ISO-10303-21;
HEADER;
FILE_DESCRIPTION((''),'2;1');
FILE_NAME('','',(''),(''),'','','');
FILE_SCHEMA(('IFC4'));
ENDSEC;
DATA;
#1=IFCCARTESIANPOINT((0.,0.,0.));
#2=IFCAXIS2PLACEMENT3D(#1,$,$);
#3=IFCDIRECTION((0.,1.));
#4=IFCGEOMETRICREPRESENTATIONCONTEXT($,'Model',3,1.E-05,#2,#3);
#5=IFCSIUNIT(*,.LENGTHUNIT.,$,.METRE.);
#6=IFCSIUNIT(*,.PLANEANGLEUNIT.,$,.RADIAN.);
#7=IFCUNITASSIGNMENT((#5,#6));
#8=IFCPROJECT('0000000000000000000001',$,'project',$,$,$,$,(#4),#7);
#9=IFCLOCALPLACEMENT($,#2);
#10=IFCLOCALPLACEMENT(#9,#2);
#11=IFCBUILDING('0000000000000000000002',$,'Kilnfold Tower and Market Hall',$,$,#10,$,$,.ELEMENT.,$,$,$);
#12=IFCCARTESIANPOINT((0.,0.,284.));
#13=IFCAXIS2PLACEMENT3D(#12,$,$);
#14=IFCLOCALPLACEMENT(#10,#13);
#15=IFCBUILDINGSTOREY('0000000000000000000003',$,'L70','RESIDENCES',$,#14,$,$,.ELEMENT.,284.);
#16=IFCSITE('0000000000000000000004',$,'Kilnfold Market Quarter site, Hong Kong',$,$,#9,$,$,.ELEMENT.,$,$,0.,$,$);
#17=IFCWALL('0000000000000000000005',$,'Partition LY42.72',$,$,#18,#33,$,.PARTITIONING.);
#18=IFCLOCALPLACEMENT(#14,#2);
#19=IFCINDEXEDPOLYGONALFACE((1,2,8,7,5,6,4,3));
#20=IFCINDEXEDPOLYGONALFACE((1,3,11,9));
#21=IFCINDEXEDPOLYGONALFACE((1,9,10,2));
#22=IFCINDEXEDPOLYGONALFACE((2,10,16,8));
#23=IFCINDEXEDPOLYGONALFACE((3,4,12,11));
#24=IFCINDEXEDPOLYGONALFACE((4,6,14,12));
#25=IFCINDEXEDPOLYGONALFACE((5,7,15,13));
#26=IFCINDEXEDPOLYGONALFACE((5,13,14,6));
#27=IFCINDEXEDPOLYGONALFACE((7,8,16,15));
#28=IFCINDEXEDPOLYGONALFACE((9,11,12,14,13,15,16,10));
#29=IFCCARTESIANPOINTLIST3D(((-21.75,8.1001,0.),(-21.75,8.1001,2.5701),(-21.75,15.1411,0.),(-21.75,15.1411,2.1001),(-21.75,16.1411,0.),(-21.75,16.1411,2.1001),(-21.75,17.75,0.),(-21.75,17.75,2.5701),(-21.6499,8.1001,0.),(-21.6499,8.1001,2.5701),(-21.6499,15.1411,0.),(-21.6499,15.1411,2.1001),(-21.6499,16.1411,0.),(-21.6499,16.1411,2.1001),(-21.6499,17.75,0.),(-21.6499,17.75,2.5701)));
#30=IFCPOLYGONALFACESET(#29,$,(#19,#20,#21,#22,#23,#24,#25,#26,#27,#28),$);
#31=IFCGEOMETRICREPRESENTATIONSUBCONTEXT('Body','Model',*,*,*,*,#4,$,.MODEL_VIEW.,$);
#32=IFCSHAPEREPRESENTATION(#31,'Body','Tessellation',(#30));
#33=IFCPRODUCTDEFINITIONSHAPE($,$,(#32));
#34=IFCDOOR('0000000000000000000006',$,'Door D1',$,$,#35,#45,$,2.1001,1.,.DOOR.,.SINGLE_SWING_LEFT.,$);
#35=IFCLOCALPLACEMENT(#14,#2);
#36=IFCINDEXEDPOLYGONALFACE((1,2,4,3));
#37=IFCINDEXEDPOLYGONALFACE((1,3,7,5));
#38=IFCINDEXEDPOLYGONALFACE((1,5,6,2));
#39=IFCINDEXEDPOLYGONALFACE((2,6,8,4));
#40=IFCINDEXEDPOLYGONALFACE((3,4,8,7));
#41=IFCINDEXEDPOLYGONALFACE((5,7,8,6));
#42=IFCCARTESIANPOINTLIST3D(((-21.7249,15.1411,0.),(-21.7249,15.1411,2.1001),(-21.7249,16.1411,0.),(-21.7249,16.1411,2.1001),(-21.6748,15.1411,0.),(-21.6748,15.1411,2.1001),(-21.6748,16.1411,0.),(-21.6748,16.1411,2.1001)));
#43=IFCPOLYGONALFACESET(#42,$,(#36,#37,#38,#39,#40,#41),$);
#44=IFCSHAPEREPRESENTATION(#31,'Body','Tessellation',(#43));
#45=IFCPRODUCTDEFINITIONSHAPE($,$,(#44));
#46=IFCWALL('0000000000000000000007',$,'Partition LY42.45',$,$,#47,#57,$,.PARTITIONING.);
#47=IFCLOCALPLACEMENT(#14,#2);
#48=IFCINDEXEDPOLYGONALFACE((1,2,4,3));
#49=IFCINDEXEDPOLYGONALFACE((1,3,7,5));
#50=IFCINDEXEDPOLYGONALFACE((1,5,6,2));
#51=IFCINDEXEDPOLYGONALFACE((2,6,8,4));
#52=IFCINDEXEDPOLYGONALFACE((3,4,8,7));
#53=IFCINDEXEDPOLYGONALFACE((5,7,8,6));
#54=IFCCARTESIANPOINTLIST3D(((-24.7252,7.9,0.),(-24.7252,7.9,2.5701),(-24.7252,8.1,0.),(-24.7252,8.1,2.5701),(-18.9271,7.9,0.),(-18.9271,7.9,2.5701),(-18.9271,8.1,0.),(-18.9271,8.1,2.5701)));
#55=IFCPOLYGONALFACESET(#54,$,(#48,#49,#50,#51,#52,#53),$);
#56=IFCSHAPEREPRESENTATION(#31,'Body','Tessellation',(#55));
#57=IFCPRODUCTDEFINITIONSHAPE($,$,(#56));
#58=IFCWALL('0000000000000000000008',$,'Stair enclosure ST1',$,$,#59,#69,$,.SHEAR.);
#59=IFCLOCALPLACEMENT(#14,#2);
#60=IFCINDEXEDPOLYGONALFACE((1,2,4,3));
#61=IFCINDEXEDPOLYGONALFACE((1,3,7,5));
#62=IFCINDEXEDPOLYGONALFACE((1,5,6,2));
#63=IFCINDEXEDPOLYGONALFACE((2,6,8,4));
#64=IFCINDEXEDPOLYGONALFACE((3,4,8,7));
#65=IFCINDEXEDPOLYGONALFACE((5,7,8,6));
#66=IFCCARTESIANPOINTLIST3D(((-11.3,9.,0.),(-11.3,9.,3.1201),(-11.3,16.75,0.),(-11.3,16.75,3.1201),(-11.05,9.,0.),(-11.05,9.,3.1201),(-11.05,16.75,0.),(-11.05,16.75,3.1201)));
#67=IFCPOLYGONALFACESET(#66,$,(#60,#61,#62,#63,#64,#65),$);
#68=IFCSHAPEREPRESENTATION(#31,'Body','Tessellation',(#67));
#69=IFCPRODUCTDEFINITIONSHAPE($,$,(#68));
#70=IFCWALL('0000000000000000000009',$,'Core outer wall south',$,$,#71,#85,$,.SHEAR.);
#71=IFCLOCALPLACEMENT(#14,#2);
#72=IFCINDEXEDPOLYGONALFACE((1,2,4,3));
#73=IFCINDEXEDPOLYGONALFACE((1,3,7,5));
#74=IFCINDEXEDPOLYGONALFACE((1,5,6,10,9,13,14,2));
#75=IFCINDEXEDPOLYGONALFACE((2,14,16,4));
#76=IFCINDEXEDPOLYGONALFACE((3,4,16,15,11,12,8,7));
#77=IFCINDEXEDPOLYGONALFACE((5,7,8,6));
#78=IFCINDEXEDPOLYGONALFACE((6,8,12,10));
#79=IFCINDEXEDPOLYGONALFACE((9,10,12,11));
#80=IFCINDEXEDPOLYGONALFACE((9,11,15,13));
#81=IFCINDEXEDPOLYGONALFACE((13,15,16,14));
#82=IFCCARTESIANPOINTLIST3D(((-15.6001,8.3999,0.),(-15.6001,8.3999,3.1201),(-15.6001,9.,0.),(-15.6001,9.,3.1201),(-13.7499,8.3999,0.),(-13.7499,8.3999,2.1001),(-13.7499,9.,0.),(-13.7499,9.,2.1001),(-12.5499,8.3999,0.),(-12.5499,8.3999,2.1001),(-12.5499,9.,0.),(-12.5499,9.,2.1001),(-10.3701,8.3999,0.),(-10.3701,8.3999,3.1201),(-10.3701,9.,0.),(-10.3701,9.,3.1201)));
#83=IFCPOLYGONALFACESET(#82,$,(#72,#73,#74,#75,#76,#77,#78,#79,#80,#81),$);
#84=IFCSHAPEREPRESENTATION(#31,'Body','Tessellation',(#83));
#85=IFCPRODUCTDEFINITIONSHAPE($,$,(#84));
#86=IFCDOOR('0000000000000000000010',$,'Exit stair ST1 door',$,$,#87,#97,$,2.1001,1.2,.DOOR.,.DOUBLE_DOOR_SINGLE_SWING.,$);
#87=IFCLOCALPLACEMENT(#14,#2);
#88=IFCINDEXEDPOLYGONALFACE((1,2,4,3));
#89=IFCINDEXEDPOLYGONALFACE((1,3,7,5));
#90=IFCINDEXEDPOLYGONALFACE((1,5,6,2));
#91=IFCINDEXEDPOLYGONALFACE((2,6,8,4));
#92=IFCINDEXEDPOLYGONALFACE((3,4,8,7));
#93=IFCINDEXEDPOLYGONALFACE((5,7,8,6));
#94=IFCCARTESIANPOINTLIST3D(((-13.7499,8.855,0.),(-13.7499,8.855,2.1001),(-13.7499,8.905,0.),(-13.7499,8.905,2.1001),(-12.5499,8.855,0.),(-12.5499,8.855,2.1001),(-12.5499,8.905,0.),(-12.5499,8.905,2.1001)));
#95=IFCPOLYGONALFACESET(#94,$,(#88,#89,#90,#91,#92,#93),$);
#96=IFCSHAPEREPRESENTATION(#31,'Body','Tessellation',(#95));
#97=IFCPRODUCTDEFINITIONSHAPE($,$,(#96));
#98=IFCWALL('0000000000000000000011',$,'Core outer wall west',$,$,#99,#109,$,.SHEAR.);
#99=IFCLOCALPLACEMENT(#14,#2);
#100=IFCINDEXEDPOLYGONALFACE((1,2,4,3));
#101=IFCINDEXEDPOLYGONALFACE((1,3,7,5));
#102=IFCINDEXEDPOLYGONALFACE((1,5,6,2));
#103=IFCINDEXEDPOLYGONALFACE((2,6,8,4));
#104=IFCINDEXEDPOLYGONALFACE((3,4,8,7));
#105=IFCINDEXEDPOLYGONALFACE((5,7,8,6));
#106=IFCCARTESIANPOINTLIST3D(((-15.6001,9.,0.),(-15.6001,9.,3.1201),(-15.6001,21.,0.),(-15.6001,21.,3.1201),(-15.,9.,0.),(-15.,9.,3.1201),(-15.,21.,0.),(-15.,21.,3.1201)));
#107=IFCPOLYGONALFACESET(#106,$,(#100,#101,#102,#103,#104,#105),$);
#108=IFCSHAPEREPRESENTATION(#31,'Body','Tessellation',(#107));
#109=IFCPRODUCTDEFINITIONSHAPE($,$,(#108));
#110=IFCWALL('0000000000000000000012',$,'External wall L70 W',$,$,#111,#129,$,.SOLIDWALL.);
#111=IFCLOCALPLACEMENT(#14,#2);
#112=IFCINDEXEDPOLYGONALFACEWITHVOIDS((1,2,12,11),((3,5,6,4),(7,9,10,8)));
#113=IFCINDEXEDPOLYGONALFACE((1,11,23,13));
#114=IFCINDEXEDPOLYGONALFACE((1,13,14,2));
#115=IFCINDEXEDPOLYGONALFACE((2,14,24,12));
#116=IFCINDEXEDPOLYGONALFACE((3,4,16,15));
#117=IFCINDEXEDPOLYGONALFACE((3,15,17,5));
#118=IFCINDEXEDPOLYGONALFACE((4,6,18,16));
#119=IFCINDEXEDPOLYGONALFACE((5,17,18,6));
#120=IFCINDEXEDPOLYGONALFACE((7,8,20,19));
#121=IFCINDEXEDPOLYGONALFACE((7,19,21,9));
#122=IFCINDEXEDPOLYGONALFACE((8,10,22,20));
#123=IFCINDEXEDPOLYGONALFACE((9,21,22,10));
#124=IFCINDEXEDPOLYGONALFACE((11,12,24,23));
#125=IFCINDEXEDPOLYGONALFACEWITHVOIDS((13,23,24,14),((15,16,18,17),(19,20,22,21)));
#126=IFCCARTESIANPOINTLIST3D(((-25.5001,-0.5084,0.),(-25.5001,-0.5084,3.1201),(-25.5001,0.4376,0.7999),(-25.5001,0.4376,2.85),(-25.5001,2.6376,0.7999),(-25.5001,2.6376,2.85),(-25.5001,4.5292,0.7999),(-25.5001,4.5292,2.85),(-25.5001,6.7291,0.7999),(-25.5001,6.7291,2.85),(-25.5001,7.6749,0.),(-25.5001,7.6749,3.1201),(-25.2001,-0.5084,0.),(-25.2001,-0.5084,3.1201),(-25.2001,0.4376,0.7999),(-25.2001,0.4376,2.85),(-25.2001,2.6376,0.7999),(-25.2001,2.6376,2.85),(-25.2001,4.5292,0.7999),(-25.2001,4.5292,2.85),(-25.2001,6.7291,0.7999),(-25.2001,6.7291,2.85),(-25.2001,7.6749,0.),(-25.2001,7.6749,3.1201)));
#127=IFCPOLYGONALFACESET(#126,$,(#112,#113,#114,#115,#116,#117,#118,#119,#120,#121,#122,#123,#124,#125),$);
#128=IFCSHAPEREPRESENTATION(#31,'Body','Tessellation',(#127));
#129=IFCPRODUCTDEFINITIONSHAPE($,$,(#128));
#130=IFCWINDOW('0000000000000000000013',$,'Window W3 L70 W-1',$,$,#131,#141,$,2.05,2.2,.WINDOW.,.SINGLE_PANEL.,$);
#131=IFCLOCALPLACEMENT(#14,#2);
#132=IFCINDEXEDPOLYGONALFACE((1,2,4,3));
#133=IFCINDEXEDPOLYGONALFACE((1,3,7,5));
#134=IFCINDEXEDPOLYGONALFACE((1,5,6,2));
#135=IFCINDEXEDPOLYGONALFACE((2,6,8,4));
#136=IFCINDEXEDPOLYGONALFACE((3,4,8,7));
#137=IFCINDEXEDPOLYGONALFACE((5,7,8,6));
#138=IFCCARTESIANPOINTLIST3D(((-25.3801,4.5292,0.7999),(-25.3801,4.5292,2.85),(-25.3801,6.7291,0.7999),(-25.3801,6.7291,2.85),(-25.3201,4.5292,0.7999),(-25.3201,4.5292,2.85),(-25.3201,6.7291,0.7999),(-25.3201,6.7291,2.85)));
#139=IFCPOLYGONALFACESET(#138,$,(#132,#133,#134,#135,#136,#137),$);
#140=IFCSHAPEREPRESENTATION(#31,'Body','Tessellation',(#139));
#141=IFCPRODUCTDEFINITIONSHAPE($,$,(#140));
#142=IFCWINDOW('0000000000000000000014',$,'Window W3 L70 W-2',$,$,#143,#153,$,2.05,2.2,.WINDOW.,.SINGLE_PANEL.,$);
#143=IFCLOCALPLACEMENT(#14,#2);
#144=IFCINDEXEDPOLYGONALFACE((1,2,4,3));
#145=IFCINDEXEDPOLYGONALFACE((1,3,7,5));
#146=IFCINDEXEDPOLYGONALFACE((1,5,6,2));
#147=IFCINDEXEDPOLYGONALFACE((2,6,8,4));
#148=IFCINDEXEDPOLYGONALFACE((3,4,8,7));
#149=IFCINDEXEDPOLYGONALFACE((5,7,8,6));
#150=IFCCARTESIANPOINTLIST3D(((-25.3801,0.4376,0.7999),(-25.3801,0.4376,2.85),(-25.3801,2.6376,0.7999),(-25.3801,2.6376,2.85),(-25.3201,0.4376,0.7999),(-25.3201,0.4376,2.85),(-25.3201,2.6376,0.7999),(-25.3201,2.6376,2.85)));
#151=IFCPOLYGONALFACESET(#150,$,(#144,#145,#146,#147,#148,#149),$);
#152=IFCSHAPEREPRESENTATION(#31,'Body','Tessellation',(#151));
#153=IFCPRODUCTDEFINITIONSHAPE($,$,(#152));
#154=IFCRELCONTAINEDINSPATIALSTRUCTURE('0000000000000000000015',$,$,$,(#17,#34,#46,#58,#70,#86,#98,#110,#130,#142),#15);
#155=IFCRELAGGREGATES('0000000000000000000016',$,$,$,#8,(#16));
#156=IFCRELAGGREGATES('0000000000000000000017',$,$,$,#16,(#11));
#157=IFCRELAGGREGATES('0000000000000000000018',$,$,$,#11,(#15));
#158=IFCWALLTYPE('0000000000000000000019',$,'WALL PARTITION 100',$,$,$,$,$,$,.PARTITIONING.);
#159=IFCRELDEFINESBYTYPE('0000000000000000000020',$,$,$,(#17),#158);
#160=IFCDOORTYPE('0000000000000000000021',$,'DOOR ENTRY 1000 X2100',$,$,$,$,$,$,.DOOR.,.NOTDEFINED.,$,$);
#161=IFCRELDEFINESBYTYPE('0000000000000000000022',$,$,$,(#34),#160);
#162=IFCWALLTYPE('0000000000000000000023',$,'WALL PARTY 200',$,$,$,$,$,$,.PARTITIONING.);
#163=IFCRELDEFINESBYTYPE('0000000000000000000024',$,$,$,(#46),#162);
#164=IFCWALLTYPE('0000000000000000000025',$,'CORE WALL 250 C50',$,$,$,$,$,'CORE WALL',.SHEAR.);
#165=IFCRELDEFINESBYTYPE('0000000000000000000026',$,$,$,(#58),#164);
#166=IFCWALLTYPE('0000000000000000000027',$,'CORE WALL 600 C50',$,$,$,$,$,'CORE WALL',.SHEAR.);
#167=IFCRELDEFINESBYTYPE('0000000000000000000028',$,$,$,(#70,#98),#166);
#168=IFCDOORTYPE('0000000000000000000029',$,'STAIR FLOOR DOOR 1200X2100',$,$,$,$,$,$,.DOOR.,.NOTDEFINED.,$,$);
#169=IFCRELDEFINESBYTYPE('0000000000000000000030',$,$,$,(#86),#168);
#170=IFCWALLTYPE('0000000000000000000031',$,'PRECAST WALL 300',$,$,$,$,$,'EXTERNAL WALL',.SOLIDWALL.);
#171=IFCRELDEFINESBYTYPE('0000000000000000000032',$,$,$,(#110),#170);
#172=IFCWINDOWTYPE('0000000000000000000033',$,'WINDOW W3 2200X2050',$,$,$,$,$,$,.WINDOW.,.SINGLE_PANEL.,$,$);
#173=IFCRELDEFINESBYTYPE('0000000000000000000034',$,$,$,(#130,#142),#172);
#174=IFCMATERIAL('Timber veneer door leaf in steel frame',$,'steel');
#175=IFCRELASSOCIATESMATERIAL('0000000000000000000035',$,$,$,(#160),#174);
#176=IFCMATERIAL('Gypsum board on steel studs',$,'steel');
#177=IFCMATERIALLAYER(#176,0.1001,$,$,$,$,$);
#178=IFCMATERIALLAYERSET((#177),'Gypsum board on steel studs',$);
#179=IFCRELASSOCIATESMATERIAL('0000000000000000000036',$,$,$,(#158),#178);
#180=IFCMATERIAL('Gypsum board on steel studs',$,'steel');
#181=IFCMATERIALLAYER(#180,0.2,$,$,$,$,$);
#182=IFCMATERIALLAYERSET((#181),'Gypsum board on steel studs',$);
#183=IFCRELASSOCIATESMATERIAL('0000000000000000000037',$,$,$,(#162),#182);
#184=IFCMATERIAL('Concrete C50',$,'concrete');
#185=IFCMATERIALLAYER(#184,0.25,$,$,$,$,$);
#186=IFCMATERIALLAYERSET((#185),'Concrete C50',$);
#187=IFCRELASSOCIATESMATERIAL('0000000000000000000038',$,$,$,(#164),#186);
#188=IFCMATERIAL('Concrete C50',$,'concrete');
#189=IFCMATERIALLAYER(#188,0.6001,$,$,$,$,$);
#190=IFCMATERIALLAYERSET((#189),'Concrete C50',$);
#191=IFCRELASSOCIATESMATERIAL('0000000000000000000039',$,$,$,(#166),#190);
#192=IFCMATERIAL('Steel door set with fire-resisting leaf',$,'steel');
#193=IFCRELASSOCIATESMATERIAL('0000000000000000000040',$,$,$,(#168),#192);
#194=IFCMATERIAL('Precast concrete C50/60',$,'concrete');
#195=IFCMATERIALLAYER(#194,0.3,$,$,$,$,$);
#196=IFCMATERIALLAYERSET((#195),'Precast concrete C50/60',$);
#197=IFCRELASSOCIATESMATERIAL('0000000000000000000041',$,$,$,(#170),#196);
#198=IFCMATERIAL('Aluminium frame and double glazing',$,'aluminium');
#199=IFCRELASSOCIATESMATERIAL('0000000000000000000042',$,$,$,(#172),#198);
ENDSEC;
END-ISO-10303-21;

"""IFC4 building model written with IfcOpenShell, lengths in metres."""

from ifc_helpers import new_model, si_unit, direction, frame, frame_2d, origin, place, context, subcontext, project, spatial, rectangle, extrude, source, transform, mapped, material, layer, layer_set, type_object, element, fill, save


model = new_model("IFC4")

# Units and contexts
model_context = context("Model", 3, precision=1e-05, world=origin(), true_north=direction((0.0, 1.0)))
body_context = subcontext(model_context, "Body", "Model", "MODEL_VIEW")
ifc_project = project(units=[si_unit("LENGTHUNIT", "METRE"), si_unit("PLANEANGLEUNIT", "RADIAN")], contexts=[model_context])

# Site, building, storey
site_placement = place(None, origin())
site = spatial("IfcSite", under=ifc_project, at=site_placement, Name="Kilnfold Market Quarter site, Hong Kong", CompositionType="ELEMENT", RefElevation=0.0)
building_placement = place(site_placement, origin())
building = spatial("IfcBuilding", under=site, at=building_placement, Name="Kilnfold Tower and Market Hall", CompositionType="ELEMENT")
storey_placement = place(building_placement, frame((0.0, 0.0, 284.0)))
storey = spatial("IfcBuildingStorey", under=building, at=storey_placement, Name="L70", Description="RESIDENCES", CompositionType="ELEMENT", Elevation=284.0)

# Shared definitions
ifc_material_1 = material(Name="Timber veneer door leaf in steel frame", Category="steel")
door_type_1 = type_object("IfcDoorType", Name="DOOR ENTRY 1000 X2100", OperationType="NOTDEFINED", PredefinedType="DOOR", material=ifc_material_1)

# Wall, opening, door
ifc_material_2 = material(Name="Gypsum board on steel studs", Category="steel")
ifc_layer_1 = layer(ifc_material_2, 0.1001)
ifc_layer_set_1 = layer_set([ifc_layer_1], Name="Gypsum board on steel studs")
wall_type_1 = type_object("IfcWallType", Name="WALL PARTITION 100", PredefinedType="PARTITIONING", material=ifc_layer_set_1)
wall_1_placement = place(storey_placement, frame((-21.7, 8.1001, 0.0), z_axis=(0.0, 0.0, 1.0), x_axis=(0.0, 1.0, 0.0)))
wall_1 = element("IfcWall", 1, at=wall_1_placement, inside=storey, type_object=wall_type_1, Name="Partition LY42.72", PredefinedType="PARTITIONING", context=body_context, shape_type="SweptSolid", body=[
    extrude(rectangle(XDim=9.6499, YDim=0.1001, at=frame_2d((4.825, 0.0))), origin(), (0.0, 0.0, 1.0), 2.5701),
])
opening_1_placement = place(wall_1_placement, frame((7.041, 0.0, 0.0)))
opening_1 = element("IfcOpeningElement", 2, at=opening_1_placement, cuts=wall_1, PredefinedType="OPENING", context=body_context, shape_type="SweptSolid", body=[
    extrude(rectangle(XDim=1.0, YDim=2.1001, at=frame_2d((0.5, 1.05))), frame((0.0, 0.0601, 0.0), z_axis=(0.0, -1.0, 0.0), x_axis=(1.0, 0.0, 0.0)), (0.0, 0.0, 1.0), 0.1201),
])
door_1_placement = place(opening_1_placement, origin())
door_1 = element("IfcDoor", 3, at=door_1_placement, inside=storey, type_object=door_type_1, Name="Door D1", OperationType="SINGLE_SWING_LEFT", OverallHeight=2.1001, OverallWidth=1.0, PredefinedType="DOOR", context=body_context, shape_type="SweptSolid", body=[
    extrude(rectangle(XDim=1.0, YDim=2.1001, at=frame_2d((0.5, 1.05))), frame((0.0, 0.0249, 0.0), z_axis=(0.0, -1.0, 0.0), x_axis=(1.0, 0.0, 0.0)), (0.0, 0.0, 1.0), 0.05),
])
fill(opening_1, door_1)

# Walls
ifc_material_3 = material(Name="Gypsum board on steel studs", Category="steel")
ifc_layer_2 = layer(ifc_material_3, 0.2)
ifc_layer_set_2 = layer_set([ifc_layer_2], Name="Gypsum board on steel studs")
wall_type_2 = type_object("IfcWallType", Name="WALL PARTY 200", PredefinedType="PARTITIONING", material=ifc_layer_set_2)
wall_2_placement = place(storey_placement, frame((-24.7251, 8.0, 0.0), z_axis=(0.0, 0.0, 1.0), x_axis=(1.0, 0.0, 0.0)))
element("IfcWall", 4, at=wall_2_placement, inside=storey, type_object=wall_type_2, Name="Partition LY42.45", PredefinedType="PARTITIONING", context=body_context, shape_type="SweptSolid", body=[
    extrude(rectangle(XDim=5.7981, YDim=0.2, at=frame_2d((2.8989, 0.0))), origin(), (0.0, 0.0, 1.0), 2.5701),
])
ifc_material_4 = material(Name="Concrete C50", Category="concrete")
ifc_layer_3 = layer(ifc_material_4, 0.25)
ifc_layer_set_3 = layer_set([ifc_layer_3], Name="Concrete C50")
wall_type_3 = type_object("IfcWallType", Name="CORE WALL 250 C50", ElementType="CORE WALL", PredefinedType="SHEAR", material=ifc_layer_set_3)
shared_shape_1 = source(origin(), body_context, "Body", "SweptSolid", [
    extrude(rectangle(XDim=7.75, YDim=0.25, at=frame_2d((3.875, 0.0))), origin(), (0.0, 0.0, 1.0), 3.1201),
])
wall_3_placement = place(storey_placement, frame((-11.175, 9.0, 0.0), z_axis=(0.0, 0.0, 1.0), x_axis=(0.0, 1.0, 0.0)))
element("IfcWall", 5, at=wall_3_placement, inside=storey, type_object=wall_type_3, Name="Stair enclosure ST1", PredefinedType="SHEAR", context=body_context, shape_type="MappedRepresentation", body=[
    mapped(shared_shape_1, transform((0.0, 0.0, 0.0))),
])

# Wall, opening, door
ifc_material_5 = material(Name="Concrete C50", Category="concrete")
ifc_layer_4 = layer(ifc_material_5, 0.6001)
ifc_layer_set_4 = layer_set([ifc_layer_4], Name="Concrete C50")
wall_type_4 = type_object("IfcWallType", Name="CORE WALL 600 C50", ElementType="CORE WALL", PredefinedType="SHEAR", material=ifc_layer_set_4)
shared_shape_2 = source(origin(), body_context, "Body", "SweptSolid", [
    extrude(rectangle(XDim=5.23, YDim=0.6001, at=frame_2d((2.615, 0.0))), origin(), (0.0, 0.0, 1.0), 3.1201),
])
wall_4_placement = place(storey_placement, frame((-15.6001, 8.7, 0.0), z_axis=(0.0, 0.0, 1.0), x_axis=(1.0, 0.0, 0.0)))
wall_4 = element("IfcWall", 6, at=wall_4_placement, inside=storey, type_object=wall_type_4, Name="Core outer wall south", PredefinedType="SHEAR", context=body_context, shape_type="MappedRepresentation", body=[
    mapped(shared_shape_2, transform((0.0, 0.0, 0.0))),
])
opening_2_placement = place(wall_4_placement, frame((1.8501, 0.0, 0.0)))
opening_2 = element("IfcOpeningElement", 7, at=opening_2_placement, cuts=wall_4, PredefinedType="OPENING", context=body_context, shape_type="SweptSolid", body=[
    extrude(rectangle(XDim=1.2, YDim=2.1001, at=frame_2d((0.6001, 1.05))), frame((0.0, 0.3101, 0.0), z_axis=(0.0, -1.0, 0.0), x_axis=(1.0, 0.0, 0.0)), (0.0, 0.0, 1.0), 0.6201),
])
ifc_material_6 = material(Name="Steel door set with fire-resisting leaf", Category="steel")
door_type_2 = type_object("IfcDoorType", Name="STAIR FLOOR DOOR 1200X2100", OperationType="NOTDEFINED", PredefinedType="DOOR", material=ifc_material_6)
door_2_placement = place(opening_2_placement, origin())
door_2 = element("IfcDoor", 8, at=door_2_placement, inside=storey, type_object=door_type_2, Name="Exit stair ST1 door", OperationType="DOUBLE_DOOR_SINGLE_SWING", OverallHeight=2.1001, OverallWidth=1.2, PredefinedType="DOOR", context=body_context, shape_type="SweptSolid", body=[
    extrude(rectangle(XDim=1.2, YDim=2.1001, at=frame_2d((0.6001, 1.05))), frame((0.0, 0.2051, 0.0), z_axis=(0.0, -1.0, 0.0), x_axis=(1.0, 0.0, 0.0)), (0.0, 0.0, 1.0), 0.05),
])
fill(opening_2, door_2)

# Wall
shared_shape_3 = source(origin(), body_context, "Body", "SweptSolid", [
    extrude(rectangle(XDim=12.0, YDim=0.6001, at=frame_2d((6.0, 0.0))), origin(), (0.0, 0.0, 1.0), 3.1201),
])
wall_5_placement = place(storey_placement, frame((-15.3, 9.0, 0.0), z_axis=(0.0, 0.0, 1.0), x_axis=(0.0, 1.0, 0.0)))
element("IfcWall", 9, at=wall_5_placement, inside=storey, type_object=wall_type_4, Name="Core outer wall west", PredefinedType="SHEAR", context=body_context, shape_type="MappedRepresentation", body=[
    mapped(shared_shape_3, transform((0.0, 0.0, 0.0))),
])

# Wall, openings, windows
ifc_material_7 = material(Name="Precast concrete C50/60", Category="concrete")
ifc_layer_5 = layer(ifc_material_7, 0.3)
ifc_layer_set_5 = layer_set([ifc_layer_5], Name="Precast concrete C50/60")
wall_type_5 = type_object("IfcWallType", Name="PRECAST WALL 300", ElementType="EXTERNAL WALL", PredefinedType="SOLIDWALL", material=ifc_layer_set_5)
shared_shape_4 = source(origin(), body_context, "Body", "SweptSolid", [
    extrude(rectangle(XDim=8.1833, YDim=0.3, at=frame_2d((4.0918, 0.0))), origin(), (0.0, 0.0, 1.0), 3.1201),
])
wall_6_placement = place(storey_placement, frame((-25.3501, 7.675, 0.0), z_axis=(0.0, 0.0, 1.0), x_axis=(0.0, -1.0, 0.0)))
wall_6 = element("IfcWall", 10, at=wall_6_placement, inside=storey, type_object=wall_type_5, Name="External wall L70 W", PredefinedType="SOLIDWALL", context=body_context, shape_type="MappedRepresentation", body=[
    mapped(shared_shape_4, transform((0.0, 0.0, 0.0))),
])
opening_3_placement = place(wall_6_placement, frame((0.9458, 0.0, 0.8)))
opening_3 = element("IfcOpeningElement", 11, at=opening_3_placement, cuts=wall_6, PredefinedType="OPENING", context=body_context, shape_type="SweptSolid", body=[
    extrude(rectangle(XDim=2.2, YDim=2.05, at=frame_2d((1.1001, 1.0249))), frame((0.0, 0.1602, 0.0), z_axis=(0.0, -1.0, 0.0), x_axis=(1.0, 0.0, 0.0)), (0.0, 0.0, 1.0), 0.3201),
])
opening_4_placement = place(wall_6_placement, frame((5.0374, 0.0, 0.8)))
opening_4 = element("IfcOpeningElement", 12, at=opening_4_placement, cuts=wall_6, PredefinedType="OPENING", context=body_context, shape_type="SweptSolid", body=[
    extrude(rectangle(XDim=2.2, YDim=2.05, at=frame_2d((1.1001, 1.0249))), frame((0.0, 0.1602, 0.0), z_axis=(0.0, -1.0, 0.0), x_axis=(1.0, 0.0, 0.0)), (0.0, 0.0, 1.0), 0.3201),
])
ifc_material_8 = material(Name="Aluminium frame and double glazing", Category="aluminium")
window_type = type_object("IfcWindowType", Name="WINDOW W3 2200X2050", PartitioningType="SINGLE_PANEL", PredefinedType="WINDOW", material=ifc_material_8)
window_1_placement = place(opening_3_placement, origin())
window_1 = element("IfcWindow", 13, at=window_1_placement, inside=storey, type_object=window_type, Name="Window W3 L70 W-1", OverallHeight=2.05, OverallWidth=2.2, PartitioningType="SINGLE_PANEL", PredefinedType="WINDOW", context=body_context, shape_type="SweptSolid", body=[
    extrude(rectangle(XDim=2.2, YDim=2.05, at=frame_2d((1.1001, 1.0249))), frame((0.0, 0.03, 0.0), z_axis=(0.0, -1.0, 0.0), x_axis=(1.0, 0.0, 0.0)), (0.0, 0.0, 1.0), 0.0601),
])
fill(opening_3, window_1)
window_2_placement = place(opening_4_placement, origin())
window_2 = element("IfcWindow", 14, at=window_2_placement, inside=storey, type_object=window_type, Name="Window W3 L70 W-2", OverallHeight=2.05, OverallWidth=2.2, PartitioningType="SINGLE_PANEL", PredefinedType="WINDOW", context=body_context, shape_type="SweptSolid", body=[
    extrude(rectangle(XDim=2.2, YDim=2.05, at=frame_2d((1.1001, 1.0249))), frame((0.0, 0.03, 0.0), z_axis=(0.0, -1.0, 0.0), x_axis=(1.0, 0.0, 0.0)), (0.0, 0.0, 1.0), 0.0601),
])
fill(opening_4, window_2)

save(model, "model.ifc")
